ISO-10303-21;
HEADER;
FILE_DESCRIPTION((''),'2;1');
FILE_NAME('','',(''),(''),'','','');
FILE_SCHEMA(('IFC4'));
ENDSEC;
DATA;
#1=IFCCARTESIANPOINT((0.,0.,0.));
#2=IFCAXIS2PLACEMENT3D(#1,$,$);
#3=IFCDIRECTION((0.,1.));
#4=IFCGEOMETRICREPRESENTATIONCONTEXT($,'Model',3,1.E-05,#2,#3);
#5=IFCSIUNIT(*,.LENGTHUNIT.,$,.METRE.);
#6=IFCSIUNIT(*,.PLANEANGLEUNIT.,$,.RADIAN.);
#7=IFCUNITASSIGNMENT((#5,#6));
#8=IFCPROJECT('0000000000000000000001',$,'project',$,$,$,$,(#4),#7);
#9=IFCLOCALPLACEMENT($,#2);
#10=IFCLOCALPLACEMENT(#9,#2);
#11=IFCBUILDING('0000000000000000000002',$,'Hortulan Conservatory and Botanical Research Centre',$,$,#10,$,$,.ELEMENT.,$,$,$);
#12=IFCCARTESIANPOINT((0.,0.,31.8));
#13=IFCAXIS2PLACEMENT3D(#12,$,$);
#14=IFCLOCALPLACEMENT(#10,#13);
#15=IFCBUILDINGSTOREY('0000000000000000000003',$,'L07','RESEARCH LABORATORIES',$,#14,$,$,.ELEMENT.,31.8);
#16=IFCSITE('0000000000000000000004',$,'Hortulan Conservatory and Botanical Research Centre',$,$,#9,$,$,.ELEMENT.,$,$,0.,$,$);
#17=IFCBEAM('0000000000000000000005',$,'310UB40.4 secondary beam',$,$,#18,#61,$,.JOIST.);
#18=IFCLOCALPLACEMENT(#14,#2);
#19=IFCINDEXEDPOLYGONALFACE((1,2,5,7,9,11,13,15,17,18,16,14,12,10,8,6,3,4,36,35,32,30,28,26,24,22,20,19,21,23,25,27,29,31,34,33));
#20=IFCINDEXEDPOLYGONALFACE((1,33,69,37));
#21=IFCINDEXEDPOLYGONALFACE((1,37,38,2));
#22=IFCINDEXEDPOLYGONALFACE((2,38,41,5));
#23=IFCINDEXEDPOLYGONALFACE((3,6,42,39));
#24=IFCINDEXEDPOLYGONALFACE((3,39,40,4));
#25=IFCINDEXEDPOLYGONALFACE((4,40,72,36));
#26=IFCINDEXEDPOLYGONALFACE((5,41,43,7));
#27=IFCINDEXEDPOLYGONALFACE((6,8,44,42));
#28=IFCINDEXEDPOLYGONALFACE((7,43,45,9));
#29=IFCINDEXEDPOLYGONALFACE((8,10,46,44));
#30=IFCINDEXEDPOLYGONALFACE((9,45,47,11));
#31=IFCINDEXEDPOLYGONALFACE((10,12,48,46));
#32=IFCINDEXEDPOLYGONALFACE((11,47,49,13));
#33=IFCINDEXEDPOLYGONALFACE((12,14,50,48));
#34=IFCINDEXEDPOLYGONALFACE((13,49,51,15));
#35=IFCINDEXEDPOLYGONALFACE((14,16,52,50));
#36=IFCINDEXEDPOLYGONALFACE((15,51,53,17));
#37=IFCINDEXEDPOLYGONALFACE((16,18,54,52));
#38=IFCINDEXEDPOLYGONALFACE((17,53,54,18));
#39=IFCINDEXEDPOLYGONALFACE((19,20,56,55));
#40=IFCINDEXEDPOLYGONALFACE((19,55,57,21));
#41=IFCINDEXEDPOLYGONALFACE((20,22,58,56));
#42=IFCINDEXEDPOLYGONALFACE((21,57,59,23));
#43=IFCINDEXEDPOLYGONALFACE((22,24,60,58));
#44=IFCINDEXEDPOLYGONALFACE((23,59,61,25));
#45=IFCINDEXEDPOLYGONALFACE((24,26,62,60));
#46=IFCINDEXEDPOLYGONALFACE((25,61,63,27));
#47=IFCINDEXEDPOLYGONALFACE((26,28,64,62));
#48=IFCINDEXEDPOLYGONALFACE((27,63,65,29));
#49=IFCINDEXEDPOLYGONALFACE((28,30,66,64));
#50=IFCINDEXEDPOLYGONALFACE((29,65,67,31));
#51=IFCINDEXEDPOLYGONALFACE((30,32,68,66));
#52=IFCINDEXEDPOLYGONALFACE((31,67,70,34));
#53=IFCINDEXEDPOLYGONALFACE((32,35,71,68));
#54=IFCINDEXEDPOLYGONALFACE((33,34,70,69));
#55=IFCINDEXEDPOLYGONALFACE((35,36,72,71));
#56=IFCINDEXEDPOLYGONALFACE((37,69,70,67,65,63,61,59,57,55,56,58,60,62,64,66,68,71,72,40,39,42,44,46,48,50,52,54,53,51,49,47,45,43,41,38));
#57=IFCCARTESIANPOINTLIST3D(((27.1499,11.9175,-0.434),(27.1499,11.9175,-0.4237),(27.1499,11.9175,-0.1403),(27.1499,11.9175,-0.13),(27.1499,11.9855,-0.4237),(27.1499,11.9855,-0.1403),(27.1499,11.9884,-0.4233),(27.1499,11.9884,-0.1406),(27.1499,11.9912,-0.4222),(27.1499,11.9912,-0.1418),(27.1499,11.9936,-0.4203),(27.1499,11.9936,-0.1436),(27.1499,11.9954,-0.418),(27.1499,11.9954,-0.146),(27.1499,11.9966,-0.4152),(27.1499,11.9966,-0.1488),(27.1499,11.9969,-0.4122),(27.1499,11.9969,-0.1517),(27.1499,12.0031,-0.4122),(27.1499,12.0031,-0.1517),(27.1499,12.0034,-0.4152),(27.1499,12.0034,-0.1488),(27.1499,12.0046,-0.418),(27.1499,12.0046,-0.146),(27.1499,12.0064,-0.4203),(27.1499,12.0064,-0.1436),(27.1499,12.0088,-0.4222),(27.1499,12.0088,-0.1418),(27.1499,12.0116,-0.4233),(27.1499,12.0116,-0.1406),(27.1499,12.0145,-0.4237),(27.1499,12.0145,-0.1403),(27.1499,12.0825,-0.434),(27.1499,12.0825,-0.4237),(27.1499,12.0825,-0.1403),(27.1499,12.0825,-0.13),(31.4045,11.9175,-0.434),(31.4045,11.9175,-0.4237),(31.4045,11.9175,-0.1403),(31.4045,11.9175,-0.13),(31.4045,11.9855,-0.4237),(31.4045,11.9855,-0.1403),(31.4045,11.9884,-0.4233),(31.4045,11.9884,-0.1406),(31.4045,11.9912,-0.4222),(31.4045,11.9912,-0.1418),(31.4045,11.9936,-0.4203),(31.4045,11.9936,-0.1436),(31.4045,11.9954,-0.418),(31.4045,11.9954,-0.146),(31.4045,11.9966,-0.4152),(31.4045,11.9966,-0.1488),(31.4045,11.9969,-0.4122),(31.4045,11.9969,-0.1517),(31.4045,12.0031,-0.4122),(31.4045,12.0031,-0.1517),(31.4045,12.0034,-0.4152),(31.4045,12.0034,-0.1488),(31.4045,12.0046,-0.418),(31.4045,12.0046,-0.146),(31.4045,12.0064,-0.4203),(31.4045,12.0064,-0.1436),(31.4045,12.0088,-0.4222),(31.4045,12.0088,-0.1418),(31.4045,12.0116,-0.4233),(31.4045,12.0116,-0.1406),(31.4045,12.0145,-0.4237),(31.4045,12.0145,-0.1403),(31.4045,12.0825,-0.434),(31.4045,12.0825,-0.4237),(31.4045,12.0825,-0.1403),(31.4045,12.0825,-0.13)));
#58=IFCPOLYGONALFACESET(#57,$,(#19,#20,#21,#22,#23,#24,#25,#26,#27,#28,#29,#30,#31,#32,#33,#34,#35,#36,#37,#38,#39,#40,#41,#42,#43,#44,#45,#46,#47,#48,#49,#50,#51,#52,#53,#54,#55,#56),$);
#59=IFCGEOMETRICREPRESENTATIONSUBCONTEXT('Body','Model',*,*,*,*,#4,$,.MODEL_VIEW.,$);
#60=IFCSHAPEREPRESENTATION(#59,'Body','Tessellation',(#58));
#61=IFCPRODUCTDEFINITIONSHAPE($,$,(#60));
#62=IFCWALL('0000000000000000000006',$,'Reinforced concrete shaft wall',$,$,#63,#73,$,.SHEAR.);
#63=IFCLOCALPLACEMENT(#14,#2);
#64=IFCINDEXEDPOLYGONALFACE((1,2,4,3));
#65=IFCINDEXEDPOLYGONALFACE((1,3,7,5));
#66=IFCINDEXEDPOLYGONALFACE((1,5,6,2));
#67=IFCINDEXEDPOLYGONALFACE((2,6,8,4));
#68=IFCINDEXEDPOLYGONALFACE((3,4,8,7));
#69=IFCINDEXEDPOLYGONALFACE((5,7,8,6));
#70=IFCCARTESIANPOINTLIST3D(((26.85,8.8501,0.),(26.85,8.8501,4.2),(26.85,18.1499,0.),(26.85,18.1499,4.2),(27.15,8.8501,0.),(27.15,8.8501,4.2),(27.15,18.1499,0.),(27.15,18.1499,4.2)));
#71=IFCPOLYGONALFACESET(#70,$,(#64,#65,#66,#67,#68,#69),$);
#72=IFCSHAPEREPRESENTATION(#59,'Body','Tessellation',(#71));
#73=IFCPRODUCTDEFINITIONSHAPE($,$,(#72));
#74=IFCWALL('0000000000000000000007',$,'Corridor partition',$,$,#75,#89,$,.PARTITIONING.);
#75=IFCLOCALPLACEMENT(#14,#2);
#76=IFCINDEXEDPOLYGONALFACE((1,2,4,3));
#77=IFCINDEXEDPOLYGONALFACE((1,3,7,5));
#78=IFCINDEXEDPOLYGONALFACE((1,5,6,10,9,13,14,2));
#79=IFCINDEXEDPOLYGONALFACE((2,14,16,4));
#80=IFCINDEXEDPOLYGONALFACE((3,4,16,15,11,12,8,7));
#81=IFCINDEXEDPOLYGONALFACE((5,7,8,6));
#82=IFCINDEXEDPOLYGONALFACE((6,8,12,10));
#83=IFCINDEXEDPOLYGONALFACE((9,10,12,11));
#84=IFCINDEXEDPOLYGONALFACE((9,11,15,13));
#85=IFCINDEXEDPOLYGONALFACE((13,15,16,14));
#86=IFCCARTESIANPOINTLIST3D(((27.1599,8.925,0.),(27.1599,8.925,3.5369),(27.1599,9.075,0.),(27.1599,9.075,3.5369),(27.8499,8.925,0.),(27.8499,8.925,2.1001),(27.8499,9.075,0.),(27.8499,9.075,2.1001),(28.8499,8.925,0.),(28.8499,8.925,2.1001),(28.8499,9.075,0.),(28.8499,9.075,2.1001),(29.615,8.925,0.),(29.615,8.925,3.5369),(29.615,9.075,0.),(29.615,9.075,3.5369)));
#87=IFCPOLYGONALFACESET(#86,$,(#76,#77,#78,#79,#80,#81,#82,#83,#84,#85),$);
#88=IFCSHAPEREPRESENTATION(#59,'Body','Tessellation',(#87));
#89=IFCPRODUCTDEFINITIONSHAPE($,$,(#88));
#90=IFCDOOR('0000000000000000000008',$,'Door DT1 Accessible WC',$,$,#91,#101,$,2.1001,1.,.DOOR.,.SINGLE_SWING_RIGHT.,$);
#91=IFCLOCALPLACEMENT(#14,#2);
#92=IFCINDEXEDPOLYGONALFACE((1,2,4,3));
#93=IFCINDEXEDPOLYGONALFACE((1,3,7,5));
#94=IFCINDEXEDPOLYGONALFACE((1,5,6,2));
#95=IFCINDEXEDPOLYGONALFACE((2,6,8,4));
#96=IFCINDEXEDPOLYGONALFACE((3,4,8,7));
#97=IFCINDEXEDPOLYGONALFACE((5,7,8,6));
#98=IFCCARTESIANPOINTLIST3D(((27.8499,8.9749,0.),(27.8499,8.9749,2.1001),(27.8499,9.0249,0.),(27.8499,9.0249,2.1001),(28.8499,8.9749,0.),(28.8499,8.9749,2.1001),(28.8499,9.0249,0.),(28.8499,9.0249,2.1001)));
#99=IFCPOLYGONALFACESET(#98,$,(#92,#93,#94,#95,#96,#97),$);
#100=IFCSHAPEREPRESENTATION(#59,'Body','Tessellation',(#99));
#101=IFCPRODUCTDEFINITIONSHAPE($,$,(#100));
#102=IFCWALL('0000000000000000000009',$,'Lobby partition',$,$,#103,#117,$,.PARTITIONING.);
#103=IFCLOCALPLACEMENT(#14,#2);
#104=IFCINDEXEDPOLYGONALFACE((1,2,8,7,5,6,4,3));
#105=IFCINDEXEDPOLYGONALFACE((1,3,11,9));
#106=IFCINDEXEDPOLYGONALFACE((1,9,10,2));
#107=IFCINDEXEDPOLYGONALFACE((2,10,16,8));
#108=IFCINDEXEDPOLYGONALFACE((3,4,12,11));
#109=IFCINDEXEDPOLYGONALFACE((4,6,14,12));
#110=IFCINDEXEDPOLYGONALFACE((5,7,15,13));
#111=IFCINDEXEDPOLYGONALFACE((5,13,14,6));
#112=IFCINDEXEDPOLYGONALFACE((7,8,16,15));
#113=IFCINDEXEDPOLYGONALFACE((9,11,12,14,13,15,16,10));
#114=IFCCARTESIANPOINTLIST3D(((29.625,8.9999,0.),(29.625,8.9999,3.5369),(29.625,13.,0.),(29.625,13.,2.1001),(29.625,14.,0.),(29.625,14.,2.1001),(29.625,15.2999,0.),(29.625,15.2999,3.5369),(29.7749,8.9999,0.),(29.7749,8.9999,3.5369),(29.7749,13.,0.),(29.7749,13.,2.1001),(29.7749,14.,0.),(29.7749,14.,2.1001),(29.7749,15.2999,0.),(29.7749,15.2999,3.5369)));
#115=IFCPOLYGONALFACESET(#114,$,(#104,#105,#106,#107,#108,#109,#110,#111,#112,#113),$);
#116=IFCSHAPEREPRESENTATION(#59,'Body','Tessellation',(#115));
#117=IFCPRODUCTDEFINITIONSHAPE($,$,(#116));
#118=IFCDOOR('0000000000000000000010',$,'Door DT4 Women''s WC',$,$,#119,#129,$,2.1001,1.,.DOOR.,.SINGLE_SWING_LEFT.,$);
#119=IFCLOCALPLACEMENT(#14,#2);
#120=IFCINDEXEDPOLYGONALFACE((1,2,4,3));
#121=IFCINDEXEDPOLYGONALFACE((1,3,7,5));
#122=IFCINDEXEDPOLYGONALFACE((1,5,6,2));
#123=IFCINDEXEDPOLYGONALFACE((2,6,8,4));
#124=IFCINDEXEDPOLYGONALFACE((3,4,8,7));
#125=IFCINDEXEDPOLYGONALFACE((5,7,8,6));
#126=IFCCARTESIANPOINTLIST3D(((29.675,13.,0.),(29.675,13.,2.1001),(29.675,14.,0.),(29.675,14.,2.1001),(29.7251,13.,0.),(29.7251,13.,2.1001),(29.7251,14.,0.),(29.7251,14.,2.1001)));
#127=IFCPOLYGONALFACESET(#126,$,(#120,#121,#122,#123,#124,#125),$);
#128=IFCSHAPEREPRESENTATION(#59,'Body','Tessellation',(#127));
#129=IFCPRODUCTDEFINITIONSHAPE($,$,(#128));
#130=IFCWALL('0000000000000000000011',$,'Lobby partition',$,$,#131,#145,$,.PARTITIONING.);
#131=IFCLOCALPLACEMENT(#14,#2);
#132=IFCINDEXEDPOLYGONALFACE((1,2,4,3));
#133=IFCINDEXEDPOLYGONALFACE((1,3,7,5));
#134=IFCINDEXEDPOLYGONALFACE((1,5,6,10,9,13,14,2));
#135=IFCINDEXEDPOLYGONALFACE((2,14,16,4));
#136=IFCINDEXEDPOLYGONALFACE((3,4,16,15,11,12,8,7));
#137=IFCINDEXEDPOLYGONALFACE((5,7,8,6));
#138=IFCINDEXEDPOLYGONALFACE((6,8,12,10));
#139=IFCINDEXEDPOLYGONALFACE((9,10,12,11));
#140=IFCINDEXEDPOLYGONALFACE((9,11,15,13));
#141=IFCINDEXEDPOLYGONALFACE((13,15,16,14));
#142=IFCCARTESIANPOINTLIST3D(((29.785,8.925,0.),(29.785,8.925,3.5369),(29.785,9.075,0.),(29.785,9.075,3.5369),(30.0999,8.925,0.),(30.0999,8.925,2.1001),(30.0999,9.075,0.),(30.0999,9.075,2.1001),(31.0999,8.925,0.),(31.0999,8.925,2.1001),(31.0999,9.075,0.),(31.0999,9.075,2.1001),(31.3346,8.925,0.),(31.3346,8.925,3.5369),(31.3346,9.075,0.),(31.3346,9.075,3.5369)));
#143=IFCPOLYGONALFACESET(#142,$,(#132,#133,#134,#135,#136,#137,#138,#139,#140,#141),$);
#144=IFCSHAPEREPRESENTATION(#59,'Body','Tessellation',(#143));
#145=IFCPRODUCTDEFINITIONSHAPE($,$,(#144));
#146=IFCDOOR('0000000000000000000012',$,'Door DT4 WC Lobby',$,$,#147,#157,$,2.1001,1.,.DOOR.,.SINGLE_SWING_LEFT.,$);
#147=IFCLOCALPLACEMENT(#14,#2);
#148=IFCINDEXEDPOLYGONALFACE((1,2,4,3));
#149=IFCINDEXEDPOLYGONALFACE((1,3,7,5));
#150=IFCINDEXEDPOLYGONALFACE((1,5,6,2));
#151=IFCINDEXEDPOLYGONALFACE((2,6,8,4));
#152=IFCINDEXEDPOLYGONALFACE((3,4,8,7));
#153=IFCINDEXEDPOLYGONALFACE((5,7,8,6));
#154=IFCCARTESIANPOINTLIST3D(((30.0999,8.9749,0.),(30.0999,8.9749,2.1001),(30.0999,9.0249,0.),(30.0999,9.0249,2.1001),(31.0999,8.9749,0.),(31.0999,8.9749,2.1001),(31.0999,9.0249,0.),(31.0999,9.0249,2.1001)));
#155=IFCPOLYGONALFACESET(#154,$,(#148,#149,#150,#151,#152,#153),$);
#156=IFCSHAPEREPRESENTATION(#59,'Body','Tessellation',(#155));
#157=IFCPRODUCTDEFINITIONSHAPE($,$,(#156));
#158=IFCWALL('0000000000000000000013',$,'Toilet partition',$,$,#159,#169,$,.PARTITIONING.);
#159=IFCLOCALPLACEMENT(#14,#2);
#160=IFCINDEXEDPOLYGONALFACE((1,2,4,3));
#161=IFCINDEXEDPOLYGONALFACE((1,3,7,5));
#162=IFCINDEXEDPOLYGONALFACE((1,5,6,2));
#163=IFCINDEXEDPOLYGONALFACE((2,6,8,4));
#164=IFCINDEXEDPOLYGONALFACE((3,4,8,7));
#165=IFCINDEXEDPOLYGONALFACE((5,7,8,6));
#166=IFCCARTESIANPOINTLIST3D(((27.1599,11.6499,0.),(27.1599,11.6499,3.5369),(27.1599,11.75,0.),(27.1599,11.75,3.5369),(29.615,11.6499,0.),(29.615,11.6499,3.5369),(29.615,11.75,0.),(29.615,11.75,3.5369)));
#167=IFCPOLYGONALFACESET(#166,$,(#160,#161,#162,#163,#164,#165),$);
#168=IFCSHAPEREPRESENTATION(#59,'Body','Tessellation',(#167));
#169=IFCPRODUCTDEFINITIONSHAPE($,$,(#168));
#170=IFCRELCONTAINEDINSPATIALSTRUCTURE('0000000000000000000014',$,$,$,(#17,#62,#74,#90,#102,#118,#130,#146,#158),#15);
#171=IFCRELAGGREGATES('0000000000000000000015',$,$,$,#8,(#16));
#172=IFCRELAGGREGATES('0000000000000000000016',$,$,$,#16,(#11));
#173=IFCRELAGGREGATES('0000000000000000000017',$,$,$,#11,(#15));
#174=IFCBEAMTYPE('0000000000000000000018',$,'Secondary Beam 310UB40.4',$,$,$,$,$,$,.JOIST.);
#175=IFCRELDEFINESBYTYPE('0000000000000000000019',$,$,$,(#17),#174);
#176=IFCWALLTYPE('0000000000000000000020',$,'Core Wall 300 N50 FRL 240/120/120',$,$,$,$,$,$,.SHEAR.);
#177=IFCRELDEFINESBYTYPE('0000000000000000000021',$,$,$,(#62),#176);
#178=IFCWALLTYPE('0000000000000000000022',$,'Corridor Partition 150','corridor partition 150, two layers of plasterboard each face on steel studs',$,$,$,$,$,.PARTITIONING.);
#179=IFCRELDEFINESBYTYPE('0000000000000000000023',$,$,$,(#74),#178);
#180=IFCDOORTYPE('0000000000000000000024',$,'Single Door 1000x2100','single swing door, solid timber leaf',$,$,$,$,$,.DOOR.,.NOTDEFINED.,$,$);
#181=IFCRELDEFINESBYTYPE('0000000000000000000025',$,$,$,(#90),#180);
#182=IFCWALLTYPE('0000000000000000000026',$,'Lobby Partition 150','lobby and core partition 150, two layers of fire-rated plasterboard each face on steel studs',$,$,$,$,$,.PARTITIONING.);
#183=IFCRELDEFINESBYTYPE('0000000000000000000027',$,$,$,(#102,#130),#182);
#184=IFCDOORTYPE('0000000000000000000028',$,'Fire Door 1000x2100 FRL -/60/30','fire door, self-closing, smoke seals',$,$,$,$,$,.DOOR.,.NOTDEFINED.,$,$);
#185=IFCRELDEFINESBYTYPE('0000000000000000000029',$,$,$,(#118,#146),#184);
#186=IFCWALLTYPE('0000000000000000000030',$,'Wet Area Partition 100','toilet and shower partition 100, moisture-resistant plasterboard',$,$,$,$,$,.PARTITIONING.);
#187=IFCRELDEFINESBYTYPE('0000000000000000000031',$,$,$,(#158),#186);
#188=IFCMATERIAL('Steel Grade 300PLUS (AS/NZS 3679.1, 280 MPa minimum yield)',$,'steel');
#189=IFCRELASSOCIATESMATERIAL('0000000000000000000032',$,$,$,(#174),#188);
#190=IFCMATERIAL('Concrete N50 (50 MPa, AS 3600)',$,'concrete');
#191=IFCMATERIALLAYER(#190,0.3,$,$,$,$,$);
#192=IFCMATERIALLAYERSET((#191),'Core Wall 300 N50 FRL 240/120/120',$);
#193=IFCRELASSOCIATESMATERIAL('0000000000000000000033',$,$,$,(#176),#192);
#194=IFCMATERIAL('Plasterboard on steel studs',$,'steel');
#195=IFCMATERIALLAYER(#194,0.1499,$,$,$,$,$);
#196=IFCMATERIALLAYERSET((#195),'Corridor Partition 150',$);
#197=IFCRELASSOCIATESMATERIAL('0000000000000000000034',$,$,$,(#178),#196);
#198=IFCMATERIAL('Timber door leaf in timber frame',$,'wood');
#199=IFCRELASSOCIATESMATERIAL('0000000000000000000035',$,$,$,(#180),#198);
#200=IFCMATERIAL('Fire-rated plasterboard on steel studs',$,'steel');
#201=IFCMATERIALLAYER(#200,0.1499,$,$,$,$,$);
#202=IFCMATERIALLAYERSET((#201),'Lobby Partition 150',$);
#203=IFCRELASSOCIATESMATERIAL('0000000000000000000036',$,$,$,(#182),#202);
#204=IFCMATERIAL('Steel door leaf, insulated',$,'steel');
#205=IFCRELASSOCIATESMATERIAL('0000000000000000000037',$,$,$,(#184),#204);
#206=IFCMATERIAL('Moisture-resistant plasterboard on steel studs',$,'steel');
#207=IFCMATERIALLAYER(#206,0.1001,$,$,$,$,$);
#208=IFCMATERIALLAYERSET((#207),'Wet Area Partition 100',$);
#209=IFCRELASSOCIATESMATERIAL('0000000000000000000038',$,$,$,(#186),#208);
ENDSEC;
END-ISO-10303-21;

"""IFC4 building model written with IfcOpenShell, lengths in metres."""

from ifc_helpers import new_model, si_unit, direction, frame, frame_2d, origin, origin_2d, place, context, subcontext, project, spatial, rectangle, i_section, extrude, material, layer, layer_set, material_profile, profile_set, type_object, element, fill, save


model = new_model("IFC4")

# Units and contexts
model_context = context("Model", 3, precision=1e-05, world=origin(), true_north=direction((0.0, 1.0)))
body_context = subcontext(model_context, "Body", "Model", "MODEL_VIEW")
ifc_project = project(units=[si_unit("LENGTHUNIT", "METRE"), si_unit("PLANEANGLEUNIT", "RADIAN")], contexts=[model_context])

# Site, building, storey
site_placement = place(None, origin())
site = spatial("IfcSite", under=ifc_project, at=site_placement, Name="Hortulan Conservatory and Botanical Research Centre", CompositionType="ELEMENT", RefElevation=0.0)
building_placement = place(site_placement, origin())
building = spatial("IfcBuilding", under=site, at=building_placement, Name="Hortulan Conservatory and Botanical Research Centre", CompositionType="ELEMENT")
storey_placement = place(building_placement, frame((0.0, 0.0, 31.8)))
storey = spatial("IfcBuildingStorey", under=building, at=storey_placement, Name="L07", Description="RESEARCH LABORATORIES", CompositionType="ELEMENT", Elevation=31.8)

# Shared definitions
ifc_material_1 = material(Name="Steel Grade 300PLUS (AS/NZS 3679.1, 280 MPa minimum yield)", Category="steel")

# Beam
ifc_material_profile_1 = material_profile(ifc_material_1, i_section(OverallWidth=0.165, OverallDepth=0.304, WebThickness=0.0061, FlangeThickness=0.0103, FilletRadius=0.0115, at=origin_2d()), Name="310UB40.4")
ifc_profile_set_1 = profile_set([ifc_material_profile_1], Name="Steel Grade 300PLUS (AS/NZS 3679.1, 280 MPa minimum yield)")
beam_type_1 = type_object("IfcBeamType", Name="Secondary Beam 310UB40.4", PredefinedType="JOIST", material=ifc_profile_set_1)
beam_1_placement = place(storey_placement, frame((27.1499, 12.0, -0.282), z_axis=(1.0, 0.0, 0.0), x_axis=(0.0, 1.0, 0.0)))
element("IfcBeam", 1, at=beam_1_placement, inside=storey, type_object=beam_type_1, Name="310UB40.4 secondary beam", PredefinedType="JOIST", context=body_context, shape_type="SweptSolid", body=[
    extrude(i_section(OverallWidth=0.165, OverallDepth=0.304, WebThickness=0.0061, FlangeThickness=0.0103, FilletRadius=0.0115, at=origin_2d()), origin(), (0.0, 0.0, 1.0), 4.2546),
])

# Wall
ifc_material_2 = material(Name="Concrete N50 (50 MPa, AS 3600)", Category="concrete")
ifc_layer_1 = layer(ifc_material_2, 0.3)
ifc_layer_set_1 = layer_set([ifc_layer_1], Name="Core Wall 300 N50 FRL 240/120/120")
wall_type_1 = type_object("IfcWallType", Name="Core Wall 300 N50 FRL 240/120/120", PredefinedType="SHEAR", material=ifc_layer_set_1)
wall_1_placement = place(storey_placement, frame((27.0, 8.8501, 0.0), z_axis=(0.0, 0.0, 1.0), x_axis=(0.0, 1.0, 0.0)))
element("IfcWall", 2, at=wall_1_placement, inside=storey, type_object=wall_type_1, Name="Reinforced concrete shaft wall", PredefinedType="SHEAR", context=body_context, shape_type="SweptSolid", body=[
    extrude(rectangle(XDim=9.2998, YDim=0.3, at=frame_2d((4.6499, 0.0))), origin(), (0.0, 0.0, 1.0), 4.2),
])

# Walls, openings, doors
ifc_material_3 = material(Name="Plasterboard on steel studs", Category="steel")
ifc_layer_2 = layer(ifc_material_3, 0.1499)
ifc_layer_set_2 = layer_set([ifc_layer_2], Name="Corridor Partition 150")
wall_type_2 = type_object("IfcWallType", Name="Corridor Partition 150", Description="corridor partition 150, two layers of plasterboard each face on steel studs", PredefinedType="PARTITIONING", material=ifc_layer_set_2)
wall_2_placement = place(storey_placement, frame((27.1599, 9.0, 0.0), z_axis=(0.0, 0.0, 1.0), x_axis=(1.0, 0.0, 0.0)))
wall_2 = element("IfcWall", 3, at=wall_2_placement, inside=storey, type_object=wall_type_2, Name="Corridor partition", PredefinedType="PARTITIONING", context=body_context, shape_type="SweptSolid", body=[
    extrude(rectangle(XDim=2.4551, YDim=0.1499, at=frame_2d((1.2275, 0.0))), origin(), (0.0, 0.0, 1.0), 3.5369),
])
opening_1_placement = place(wall_2_placement, frame((0.6899, 0.0, 0.0)))
opening_1 = element("IfcOpeningElement", 4, at=opening_1_placement, cuts=wall_2, PredefinedType="OPENING", context=body_context, shape_type="SweptSolid", body=[
    extrude(rectangle(XDim=1.0, YDim=2.1001, at=frame_2d((0.5, 1.05))), frame((0.0, 0.085, 0.0), z_axis=(0.0, -1.0, 0.0), x_axis=(1.0, 0.0, 0.0)), (0.0, 0.0, 1.0), 0.1699),
])
ifc_material_4 = material(Name="Timber door leaf in timber frame", Category="wood")
door_type_1 = type_object("IfcDoorType", Name="Single Door 1000x2100", Description="single swing door, solid timber leaf", OperationType="NOTDEFINED", PredefinedType="DOOR", material=ifc_material_4)
door_1_placement = place(opening_1_placement, origin())
door_1 = element("IfcDoor", 5, at=door_1_placement, inside=storey, type_object=door_type_1, Name="Door DT1 Accessible WC", OperationType="SINGLE_SWING_RIGHT", OverallHeight=2.1001, OverallWidth=1.0, PredefinedType="DOOR", context=body_context, shape_type="SweptSolid", body=[
    extrude(rectangle(XDim=1.0, YDim=2.1001, at=frame_2d((0.5, 1.05))), frame((0.0, 0.0249, 0.0), z_axis=(0.0, -1.0, 0.0), x_axis=(1.0, 0.0, 0.0)), (0.0, 0.0, 1.0), 0.05),
])
fill(opening_1, door_1)
ifc_material_5 = material(Name="Fire-rated plasterboard on steel studs", Category="steel")
ifc_layer_3 = layer(ifc_material_5, 0.1499)
ifc_layer_set_3 = layer_set([ifc_layer_3], Name="Lobby Partition 150")
wall_type_3 = type_object("IfcWallType", Name="Lobby Partition 150", Description="lobby and core partition 150, two layers of fire-rated plasterboard each face on steel studs", PredefinedType="PARTITIONING", material=ifc_layer_set_3)
wall_3_placement = place(storey_placement, frame((29.7, 9.0, 0.0), z_axis=(0.0, 0.0, 1.0), x_axis=(0.0, 1.0, 0.0)))
wall_3 = element("IfcWall", 6, at=wall_3_placement, inside=storey, type_object=wall_type_3, Name="Lobby partition", PredefinedType="PARTITIONING", context=body_context, shape_type="SweptSolid", body=[
    extrude(rectangle(XDim=6.3, YDim=0.1499, at=frame_2d((3.1499, 0.0))), origin(), (0.0, 0.0, 1.0), 3.5369),
])
opening_2_placement = place(wall_3_placement, frame((4.0, 0.0, 0.0)))
opening_2 = element("IfcOpeningElement", 7, at=opening_2_placement, cuts=wall_3, PredefinedType="OPENING", context=body_context, shape_type="SweptSolid", body=[
    extrude(rectangle(XDim=1.0, YDim=2.1001, at=frame_2d((0.5, 1.05))), frame((0.0, 0.085, 0.0), z_axis=(0.0, -1.0, 0.0), x_axis=(1.0, 0.0, 0.0)), (0.0, 0.0, 1.0), 0.1699),
])
ifc_material_6 = material(Name="Steel door leaf, insulated", Category="steel")
door_type_2 = type_object("IfcDoorType", Name="Fire Door 1000x2100 FRL -/60/30", Description="fire door, self-closing, smoke seals", OperationType="NOTDEFINED", PredefinedType="DOOR", material=ifc_material_6)
door_2_placement = place(opening_2_placement, origin())
door_2 = element("IfcDoor", 8, at=door_2_placement, inside=storey, type_object=door_type_2, Name="Door DT4 Women's WC", OperationType="SINGLE_SWING_LEFT", OverallHeight=2.1001, OverallWidth=1.0, PredefinedType="DOOR", context=body_context, shape_type="SweptSolid", body=[
    extrude(rectangle(XDim=1.0, YDim=2.1001, at=frame_2d((0.5, 1.05))), frame((0.0, 0.0249, 0.0), z_axis=(0.0, -1.0, 0.0), x_axis=(1.0, 0.0, 0.0)), (0.0, 0.0, 1.0), 0.05),
])
fill(opening_2, door_2)
wall_4_placement = place(storey_placement, frame((29.7849, 9.0, 0.0), z_axis=(0.0, 0.0, 1.0), x_axis=(1.0, 0.0, 0.0)))
wall_4 = element("IfcWall", 9, at=wall_4_placement, inside=storey, type_object=wall_type_3, Name="Lobby partition", PredefinedType="PARTITIONING", context=body_context, shape_type="SweptSolid", body=[
    extrude(rectangle(XDim=1.5496, YDim=0.1499, at=frame_2d((0.7749, 0.0))), origin(), (0.0, 0.0, 1.0), 3.5369),
])
opening_3_placement = place(wall_4_placement, frame((0.3149, 0.0, 0.0)))
opening_3 = element("IfcOpeningElement", 10, at=opening_3_placement, cuts=wall_4, PredefinedType="OPENING", context=body_context, shape_type="SweptSolid", body=[
    extrude(rectangle(XDim=1.0, YDim=2.1001, at=frame_2d((0.5, 1.05))), frame((0.0, 0.085, 0.0), z_axis=(0.0, -1.0, 0.0), x_axis=(1.0, 0.0, 0.0)), (0.0, 0.0, 1.0), 0.1699),
])
door_3_placement = place(opening_3_placement, origin())
door_3 = element("IfcDoor", 11, at=door_3_placement, inside=storey, type_object=door_type_2, Name="Door DT4 WC Lobby", OperationType="SINGLE_SWING_LEFT", OverallHeight=2.1001, OverallWidth=1.0, PredefinedType="DOOR", context=body_context, shape_type="SweptSolid", body=[
    extrude(rectangle(XDim=1.0, YDim=2.1001, at=frame_2d((0.5, 1.05))), frame((0.0, 0.0249, 0.0), z_axis=(0.0, -1.0, 0.0), x_axis=(1.0, 0.0, 0.0)), (0.0, 0.0, 1.0), 0.05),
])
fill(opening_3, door_3)

# Wall
ifc_material_7 = material(Name="Moisture-resistant plasterboard on steel studs", Category="steel")
ifc_layer_4 = layer(ifc_material_7, 0.1001)
ifc_layer_set_4 = layer_set([ifc_layer_4], Name="Wet Area Partition 100")
wall_type_4 = type_object("IfcWallType", Name="Wet Area Partition 100", Description="toilet and shower partition 100, moisture-resistant plasterboard", PredefinedType="PARTITIONING", material=ifc_layer_set_4)
wall_5_placement = place(storey_placement, frame((27.1599, 11.7, 0.0), z_axis=(0.0, 0.0, 1.0), x_axis=(1.0, 0.0, 0.0)))
element("IfcWall", 12, at=wall_5_placement, inside=storey, type_object=wall_type_4, Name="Toilet partition", PredefinedType="PARTITIONING", context=body_context, shape_type="SweptSolid", body=[
    extrude(rectangle(XDim=2.4551, YDim=0.1001, at=frame_2d((1.2275, 0.0))), origin(), (0.0, 0.0, 1.0), 3.5369),
])

save(model, "model.ifc")
